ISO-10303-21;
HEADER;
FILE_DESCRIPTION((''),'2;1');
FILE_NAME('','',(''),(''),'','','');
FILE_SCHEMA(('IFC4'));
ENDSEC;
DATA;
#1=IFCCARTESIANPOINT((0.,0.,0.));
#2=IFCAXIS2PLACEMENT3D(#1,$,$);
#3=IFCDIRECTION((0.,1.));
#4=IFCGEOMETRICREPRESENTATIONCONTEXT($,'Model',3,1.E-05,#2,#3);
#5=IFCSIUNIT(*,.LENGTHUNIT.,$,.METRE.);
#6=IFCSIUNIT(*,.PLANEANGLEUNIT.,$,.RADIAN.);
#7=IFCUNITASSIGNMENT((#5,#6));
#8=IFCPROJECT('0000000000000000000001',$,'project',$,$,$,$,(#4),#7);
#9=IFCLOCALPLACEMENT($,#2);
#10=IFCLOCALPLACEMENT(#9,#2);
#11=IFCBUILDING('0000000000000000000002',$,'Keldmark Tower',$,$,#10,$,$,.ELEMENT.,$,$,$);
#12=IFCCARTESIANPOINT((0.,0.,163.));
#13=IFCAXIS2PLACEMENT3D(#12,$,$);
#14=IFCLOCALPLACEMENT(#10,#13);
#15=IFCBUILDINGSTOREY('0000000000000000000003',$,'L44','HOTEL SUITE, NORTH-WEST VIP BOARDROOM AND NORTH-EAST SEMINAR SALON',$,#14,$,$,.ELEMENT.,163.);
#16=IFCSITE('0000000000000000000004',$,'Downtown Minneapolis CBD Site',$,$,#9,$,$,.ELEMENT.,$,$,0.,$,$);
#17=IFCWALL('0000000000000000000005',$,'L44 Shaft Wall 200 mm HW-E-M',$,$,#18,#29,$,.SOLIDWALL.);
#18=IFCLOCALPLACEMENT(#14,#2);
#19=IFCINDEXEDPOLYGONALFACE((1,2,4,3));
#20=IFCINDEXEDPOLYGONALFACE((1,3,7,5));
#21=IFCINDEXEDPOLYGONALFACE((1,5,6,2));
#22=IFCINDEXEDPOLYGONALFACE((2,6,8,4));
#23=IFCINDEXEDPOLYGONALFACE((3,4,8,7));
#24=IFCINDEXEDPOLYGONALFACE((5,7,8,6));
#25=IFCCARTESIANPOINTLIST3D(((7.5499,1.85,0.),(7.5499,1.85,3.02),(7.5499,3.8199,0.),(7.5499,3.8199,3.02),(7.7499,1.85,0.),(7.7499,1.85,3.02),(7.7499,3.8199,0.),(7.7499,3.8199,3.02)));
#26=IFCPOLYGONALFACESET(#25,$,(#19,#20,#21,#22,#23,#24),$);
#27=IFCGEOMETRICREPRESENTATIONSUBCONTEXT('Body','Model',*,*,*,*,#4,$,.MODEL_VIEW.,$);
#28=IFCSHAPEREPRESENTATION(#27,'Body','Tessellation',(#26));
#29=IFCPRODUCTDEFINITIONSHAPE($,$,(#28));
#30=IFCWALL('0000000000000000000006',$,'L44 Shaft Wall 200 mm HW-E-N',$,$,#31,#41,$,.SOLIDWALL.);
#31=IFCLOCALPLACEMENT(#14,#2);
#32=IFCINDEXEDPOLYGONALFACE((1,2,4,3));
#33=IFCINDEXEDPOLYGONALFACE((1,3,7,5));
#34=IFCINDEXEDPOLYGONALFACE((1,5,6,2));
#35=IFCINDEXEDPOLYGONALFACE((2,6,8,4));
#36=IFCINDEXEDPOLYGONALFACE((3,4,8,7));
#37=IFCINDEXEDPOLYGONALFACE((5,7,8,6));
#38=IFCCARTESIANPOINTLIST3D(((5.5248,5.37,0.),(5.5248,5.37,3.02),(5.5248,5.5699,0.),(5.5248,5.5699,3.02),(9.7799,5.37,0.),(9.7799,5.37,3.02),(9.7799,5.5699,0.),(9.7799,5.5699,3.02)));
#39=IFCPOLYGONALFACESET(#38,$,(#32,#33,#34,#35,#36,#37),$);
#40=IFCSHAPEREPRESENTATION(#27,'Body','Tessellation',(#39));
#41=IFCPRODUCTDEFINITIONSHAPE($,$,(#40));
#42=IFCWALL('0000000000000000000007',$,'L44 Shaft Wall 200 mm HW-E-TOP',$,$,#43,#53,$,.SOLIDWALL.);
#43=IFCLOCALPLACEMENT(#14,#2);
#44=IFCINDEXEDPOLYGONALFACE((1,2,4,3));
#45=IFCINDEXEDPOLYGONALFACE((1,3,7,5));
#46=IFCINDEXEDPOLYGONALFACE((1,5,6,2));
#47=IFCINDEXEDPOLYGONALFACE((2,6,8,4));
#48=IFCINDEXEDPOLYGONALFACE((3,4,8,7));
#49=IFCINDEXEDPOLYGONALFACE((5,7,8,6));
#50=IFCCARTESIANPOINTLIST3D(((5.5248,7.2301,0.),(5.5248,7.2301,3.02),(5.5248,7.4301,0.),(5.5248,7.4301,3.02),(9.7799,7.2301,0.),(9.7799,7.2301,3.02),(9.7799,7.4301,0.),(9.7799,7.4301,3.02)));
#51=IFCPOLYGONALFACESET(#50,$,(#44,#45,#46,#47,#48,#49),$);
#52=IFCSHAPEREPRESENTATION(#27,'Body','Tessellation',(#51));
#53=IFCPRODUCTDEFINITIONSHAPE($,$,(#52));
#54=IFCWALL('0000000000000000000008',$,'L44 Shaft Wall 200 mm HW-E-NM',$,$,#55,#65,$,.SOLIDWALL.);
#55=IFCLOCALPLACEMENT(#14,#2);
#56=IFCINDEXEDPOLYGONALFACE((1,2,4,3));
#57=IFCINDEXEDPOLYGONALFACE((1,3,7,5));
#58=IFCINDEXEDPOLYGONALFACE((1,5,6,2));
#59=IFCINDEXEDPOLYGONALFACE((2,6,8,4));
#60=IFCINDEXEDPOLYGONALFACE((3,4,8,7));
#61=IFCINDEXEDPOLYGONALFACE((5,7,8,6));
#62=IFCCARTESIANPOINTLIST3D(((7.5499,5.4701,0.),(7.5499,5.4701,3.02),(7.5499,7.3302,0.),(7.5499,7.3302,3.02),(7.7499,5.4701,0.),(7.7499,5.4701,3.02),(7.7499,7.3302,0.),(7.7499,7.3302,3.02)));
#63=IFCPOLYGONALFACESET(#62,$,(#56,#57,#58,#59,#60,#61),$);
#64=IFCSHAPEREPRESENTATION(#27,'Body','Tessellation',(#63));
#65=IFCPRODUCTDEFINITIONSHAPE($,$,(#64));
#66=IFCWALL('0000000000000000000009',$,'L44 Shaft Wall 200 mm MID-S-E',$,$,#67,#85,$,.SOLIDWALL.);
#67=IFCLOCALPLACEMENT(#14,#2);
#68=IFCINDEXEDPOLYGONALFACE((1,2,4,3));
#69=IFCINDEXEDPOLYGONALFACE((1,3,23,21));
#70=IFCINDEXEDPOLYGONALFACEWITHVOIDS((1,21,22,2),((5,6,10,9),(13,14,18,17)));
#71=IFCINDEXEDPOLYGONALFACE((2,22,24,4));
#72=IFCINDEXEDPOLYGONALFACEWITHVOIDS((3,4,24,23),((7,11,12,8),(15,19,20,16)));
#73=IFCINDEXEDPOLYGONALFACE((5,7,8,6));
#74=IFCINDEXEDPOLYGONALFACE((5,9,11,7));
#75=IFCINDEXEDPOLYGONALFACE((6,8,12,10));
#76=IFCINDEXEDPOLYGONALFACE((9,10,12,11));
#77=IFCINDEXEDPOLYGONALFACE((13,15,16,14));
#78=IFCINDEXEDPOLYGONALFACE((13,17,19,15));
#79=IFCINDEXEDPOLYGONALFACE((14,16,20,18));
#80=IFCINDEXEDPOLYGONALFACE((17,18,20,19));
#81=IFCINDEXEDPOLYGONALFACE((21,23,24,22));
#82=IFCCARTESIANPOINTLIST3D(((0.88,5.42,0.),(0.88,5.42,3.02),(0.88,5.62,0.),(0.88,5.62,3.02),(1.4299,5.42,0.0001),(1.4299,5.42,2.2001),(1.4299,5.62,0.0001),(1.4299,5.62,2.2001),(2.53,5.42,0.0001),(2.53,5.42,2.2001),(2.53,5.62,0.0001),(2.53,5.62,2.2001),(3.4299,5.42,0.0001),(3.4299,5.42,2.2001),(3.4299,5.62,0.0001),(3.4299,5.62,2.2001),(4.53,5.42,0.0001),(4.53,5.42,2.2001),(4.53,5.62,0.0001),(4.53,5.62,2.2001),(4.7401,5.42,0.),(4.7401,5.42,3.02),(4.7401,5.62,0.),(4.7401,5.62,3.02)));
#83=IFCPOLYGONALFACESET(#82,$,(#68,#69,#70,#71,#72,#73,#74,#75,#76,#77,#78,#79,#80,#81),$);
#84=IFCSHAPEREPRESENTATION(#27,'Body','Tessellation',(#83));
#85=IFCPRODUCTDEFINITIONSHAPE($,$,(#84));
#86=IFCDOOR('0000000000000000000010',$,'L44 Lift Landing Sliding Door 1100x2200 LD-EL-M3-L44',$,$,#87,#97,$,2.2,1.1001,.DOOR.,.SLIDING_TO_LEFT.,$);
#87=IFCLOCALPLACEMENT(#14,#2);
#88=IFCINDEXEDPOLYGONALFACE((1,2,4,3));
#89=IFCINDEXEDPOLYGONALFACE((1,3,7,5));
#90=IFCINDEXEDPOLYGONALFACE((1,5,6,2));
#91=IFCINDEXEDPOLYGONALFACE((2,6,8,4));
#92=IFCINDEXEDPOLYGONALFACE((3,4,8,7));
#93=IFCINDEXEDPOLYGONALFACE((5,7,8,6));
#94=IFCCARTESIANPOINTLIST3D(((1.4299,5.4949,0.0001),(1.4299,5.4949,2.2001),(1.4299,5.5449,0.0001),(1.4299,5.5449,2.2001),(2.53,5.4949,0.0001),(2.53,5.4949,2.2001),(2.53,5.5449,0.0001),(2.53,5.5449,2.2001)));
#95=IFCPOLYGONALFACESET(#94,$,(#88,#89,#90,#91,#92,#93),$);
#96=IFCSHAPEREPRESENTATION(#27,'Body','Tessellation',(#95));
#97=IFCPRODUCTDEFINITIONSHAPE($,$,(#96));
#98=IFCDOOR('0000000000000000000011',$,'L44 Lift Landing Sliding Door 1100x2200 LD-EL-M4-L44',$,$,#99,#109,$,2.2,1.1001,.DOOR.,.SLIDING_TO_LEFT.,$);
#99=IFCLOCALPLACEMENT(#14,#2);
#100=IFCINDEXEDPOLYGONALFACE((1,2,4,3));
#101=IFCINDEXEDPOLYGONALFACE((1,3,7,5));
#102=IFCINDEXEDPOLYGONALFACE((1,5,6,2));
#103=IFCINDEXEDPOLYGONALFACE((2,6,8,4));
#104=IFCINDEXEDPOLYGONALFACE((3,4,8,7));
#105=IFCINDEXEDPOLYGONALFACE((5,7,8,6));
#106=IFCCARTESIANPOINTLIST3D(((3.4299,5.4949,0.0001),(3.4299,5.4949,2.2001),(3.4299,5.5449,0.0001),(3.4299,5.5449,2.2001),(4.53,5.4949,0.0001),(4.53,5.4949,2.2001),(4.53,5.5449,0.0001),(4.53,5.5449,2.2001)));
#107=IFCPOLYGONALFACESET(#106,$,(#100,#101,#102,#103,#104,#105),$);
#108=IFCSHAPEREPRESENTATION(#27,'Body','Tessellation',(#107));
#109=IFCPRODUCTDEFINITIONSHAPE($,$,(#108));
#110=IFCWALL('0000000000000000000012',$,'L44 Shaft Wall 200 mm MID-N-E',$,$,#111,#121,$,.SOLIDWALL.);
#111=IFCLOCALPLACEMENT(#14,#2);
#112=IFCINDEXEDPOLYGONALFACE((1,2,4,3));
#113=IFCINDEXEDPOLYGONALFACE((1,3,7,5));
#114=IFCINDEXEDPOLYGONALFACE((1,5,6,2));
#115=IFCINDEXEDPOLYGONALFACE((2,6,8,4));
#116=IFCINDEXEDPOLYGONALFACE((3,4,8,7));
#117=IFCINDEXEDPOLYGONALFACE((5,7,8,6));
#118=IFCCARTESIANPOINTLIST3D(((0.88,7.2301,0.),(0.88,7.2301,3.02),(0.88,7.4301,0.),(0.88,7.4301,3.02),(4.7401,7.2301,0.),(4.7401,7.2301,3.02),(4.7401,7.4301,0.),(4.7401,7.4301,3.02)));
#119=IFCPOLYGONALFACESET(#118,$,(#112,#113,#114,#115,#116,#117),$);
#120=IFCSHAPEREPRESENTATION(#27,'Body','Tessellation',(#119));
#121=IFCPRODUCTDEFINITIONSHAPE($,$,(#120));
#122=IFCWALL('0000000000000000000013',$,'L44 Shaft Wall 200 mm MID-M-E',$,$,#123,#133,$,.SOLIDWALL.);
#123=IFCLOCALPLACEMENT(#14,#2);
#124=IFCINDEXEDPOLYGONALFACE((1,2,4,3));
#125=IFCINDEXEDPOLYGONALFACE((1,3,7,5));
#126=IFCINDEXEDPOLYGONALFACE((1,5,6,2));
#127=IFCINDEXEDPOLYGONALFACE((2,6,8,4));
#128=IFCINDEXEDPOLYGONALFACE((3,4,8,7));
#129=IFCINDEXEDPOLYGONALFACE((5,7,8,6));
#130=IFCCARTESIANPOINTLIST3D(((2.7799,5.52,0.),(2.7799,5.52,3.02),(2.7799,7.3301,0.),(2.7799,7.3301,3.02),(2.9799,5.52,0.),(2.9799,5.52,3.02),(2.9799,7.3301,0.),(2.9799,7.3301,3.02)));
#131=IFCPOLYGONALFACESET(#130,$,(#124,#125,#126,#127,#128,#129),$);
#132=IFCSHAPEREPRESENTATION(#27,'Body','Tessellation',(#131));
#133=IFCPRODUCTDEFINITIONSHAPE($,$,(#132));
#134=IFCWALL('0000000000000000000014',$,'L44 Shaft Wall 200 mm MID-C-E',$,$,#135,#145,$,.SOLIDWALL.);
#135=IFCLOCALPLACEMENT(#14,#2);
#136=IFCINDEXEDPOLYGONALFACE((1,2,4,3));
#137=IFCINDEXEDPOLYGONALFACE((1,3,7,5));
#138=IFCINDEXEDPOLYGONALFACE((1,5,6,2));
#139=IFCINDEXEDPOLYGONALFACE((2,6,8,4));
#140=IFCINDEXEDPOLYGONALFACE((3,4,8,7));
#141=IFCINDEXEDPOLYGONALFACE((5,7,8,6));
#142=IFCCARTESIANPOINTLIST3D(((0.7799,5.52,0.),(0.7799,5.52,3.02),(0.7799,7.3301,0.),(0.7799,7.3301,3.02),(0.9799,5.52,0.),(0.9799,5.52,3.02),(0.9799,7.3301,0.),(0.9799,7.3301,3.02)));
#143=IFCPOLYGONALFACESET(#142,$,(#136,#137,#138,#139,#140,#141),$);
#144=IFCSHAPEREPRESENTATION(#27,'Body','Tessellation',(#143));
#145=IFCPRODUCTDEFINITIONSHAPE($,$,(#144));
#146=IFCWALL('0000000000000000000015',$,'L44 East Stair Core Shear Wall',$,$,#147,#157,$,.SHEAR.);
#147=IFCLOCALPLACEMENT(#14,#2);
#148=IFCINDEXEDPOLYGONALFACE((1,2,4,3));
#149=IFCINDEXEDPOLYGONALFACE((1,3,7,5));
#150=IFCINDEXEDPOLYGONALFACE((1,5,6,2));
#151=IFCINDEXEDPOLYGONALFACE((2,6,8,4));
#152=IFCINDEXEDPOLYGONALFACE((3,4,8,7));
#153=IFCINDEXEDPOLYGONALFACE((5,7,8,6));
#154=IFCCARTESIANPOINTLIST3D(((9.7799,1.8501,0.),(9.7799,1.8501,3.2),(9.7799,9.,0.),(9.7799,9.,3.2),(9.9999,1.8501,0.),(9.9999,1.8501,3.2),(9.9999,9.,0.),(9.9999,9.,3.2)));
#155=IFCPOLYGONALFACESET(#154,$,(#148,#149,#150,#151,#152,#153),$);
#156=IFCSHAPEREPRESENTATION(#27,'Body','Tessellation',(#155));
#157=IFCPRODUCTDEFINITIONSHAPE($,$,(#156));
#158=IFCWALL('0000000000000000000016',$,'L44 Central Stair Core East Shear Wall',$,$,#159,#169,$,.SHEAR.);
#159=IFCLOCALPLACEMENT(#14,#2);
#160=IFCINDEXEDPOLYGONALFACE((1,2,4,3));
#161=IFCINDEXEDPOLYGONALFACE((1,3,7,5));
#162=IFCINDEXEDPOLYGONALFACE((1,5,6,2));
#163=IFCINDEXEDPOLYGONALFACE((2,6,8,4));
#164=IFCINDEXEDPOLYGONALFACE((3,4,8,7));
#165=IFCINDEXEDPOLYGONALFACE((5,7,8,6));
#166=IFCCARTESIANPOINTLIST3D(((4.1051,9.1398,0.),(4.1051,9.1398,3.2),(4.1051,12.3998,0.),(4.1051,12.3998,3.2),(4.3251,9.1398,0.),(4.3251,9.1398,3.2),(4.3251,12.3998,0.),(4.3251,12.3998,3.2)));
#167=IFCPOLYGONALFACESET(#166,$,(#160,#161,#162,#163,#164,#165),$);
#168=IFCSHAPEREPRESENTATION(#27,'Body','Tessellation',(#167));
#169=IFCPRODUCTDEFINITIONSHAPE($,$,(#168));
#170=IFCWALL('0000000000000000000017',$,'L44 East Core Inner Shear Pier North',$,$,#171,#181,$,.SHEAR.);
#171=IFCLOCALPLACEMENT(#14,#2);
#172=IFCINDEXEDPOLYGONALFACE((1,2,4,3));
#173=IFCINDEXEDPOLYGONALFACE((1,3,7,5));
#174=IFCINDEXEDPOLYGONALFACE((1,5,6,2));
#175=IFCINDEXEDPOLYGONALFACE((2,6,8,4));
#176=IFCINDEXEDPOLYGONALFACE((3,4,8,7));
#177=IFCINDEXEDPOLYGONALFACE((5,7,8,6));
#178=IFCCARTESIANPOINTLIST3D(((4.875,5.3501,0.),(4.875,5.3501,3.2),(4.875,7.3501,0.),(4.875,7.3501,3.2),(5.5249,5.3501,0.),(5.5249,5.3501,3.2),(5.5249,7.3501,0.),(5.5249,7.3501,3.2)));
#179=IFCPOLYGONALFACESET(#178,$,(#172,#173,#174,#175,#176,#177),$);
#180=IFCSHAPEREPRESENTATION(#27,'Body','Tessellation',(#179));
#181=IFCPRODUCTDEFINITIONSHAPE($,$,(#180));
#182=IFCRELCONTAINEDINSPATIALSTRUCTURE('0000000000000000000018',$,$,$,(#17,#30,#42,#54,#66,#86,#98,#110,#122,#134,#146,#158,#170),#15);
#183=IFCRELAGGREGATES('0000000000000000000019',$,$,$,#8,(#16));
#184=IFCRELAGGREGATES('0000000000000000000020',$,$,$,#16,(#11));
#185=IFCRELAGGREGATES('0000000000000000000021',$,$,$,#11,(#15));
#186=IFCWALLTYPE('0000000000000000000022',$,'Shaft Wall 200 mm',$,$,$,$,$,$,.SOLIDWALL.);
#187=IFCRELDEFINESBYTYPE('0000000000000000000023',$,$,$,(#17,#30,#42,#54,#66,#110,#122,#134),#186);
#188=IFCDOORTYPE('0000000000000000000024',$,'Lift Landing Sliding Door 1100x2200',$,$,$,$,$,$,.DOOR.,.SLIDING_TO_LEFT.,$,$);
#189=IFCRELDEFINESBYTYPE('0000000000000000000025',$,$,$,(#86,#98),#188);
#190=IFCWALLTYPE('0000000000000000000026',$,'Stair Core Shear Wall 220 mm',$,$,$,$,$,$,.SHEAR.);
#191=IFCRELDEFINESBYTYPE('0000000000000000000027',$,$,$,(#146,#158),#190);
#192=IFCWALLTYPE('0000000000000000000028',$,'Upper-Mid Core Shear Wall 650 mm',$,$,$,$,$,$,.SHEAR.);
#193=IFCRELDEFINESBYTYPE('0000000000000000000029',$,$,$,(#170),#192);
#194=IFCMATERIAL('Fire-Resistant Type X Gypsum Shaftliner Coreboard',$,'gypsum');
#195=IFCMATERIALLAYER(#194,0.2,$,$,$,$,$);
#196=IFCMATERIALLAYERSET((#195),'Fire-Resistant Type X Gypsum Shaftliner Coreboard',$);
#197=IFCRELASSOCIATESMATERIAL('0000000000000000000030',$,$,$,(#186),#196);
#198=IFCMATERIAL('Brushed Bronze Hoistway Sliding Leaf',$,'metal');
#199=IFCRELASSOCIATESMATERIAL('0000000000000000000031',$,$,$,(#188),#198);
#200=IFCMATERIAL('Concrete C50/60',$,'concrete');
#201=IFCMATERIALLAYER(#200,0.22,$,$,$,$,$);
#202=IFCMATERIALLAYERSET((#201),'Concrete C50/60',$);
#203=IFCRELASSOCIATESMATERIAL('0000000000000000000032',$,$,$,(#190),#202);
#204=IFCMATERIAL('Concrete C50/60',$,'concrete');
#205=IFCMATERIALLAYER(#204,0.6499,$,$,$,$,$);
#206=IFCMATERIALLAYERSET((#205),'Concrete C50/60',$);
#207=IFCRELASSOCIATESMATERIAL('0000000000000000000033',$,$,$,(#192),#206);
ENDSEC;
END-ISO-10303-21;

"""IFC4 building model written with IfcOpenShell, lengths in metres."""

from ifc_helpers import new_model, si_unit, direction, frame, frame_2d, origin, place, context, subcontext, project, spatial, rectangle, extrude, material, layer, layer_set, type_object, element, fill, save


model = new_model("IFC4")

# Units and contexts
model_context = context("Model", 3, precision=1e-05, world=origin(), true_north=direction((0.0, 1.0)))
body_context = subcontext(model_context, "Body", "Model", "MODEL_VIEW")
ifc_project = project(units=[si_unit("LENGTHUNIT", "METRE"), si_unit("PLANEANGLEUNIT", "RADIAN")], contexts=[model_context])

# Site, building, storey
site_placement = place(None, origin())
site = spatial("IfcSite", under=ifc_project, at=site_placement, Name="Downtown Minneapolis CBD Site", CompositionType="ELEMENT", RefElevation=0.0)
building_placement = place(site_placement, origin())
building = spatial("IfcBuilding", under=site, at=building_placement, Name="Keldmark Tower", CompositionType="ELEMENT")
storey_placement = place(building_placement, frame((0.0, 0.0, 163.0)))
storey = spatial("IfcBuildingStorey", under=building, at=storey_placement, Name="L44", Description="HOTEL SUITE, NORTH-WEST VIP BOARDROOM AND NORTH-EAST SEMINAR SALON", CompositionType="ELEMENT", Elevation=163.0)

# Shared definitions
ifc_material_1 = material(Name="Fire-Resistant Type X Gypsum Shaftliner Coreboard", Category="gypsum")
ifc_layer_1 = layer(ifc_material_1, 0.2)
ifc_layer_set_1 = layer_set([ifc_layer_1], Name="Fire-Resistant Type X Gypsum Shaftliner Coreboard")
wall_type_1 = type_object("IfcWallType", Name="Shaft Wall 200 mm", PredefinedType="SOLIDWALL", material=ifc_layer_set_1)

# Walls
wall_1_placement = place(storey_placement, frame((7.6499, 1.8501, 0.0), z_axis=(0.0, 0.0, 1.0), x_axis=(0.0, 1.0, 0.0)))
element("IfcWall", 1, at=wall_1_placement, inside=storey, type_object=wall_type_1, Name="L44 Shaft Wall 200 mm HW-E-M", PredefinedType="SOLIDWALL", context=body_context, shape_type="SweptSolid", body=[
    extrude(rectangle(XDim=1.97, YDim=0.2, at=frame_2d((0.9849, 0.0))), origin(), (0.0, 0.0, 1.0), 3.02),
])
for number, where, z_axis, x_axis, name in (
    (2, (5.5249, 5.47, 0.0), (0.0, 0.0, 1.0), (1.0, 0.0, 0.0), "L44 Shaft Wall 200 mm HW-E-N"),
    (3, (5.5249, 7.3301, 0.0), (0.0, 0.0, 1.0), (1.0, 0.0, 0.0), "L44 Shaft Wall 200 mm HW-E-TOP"),
):
    element("IfcWall", number, at=place(storey_placement, frame(where, z_axis=z_axis, x_axis=x_axis)), inside=storey, type_object=wall_type_1, Name=name, PredefinedType="SOLIDWALL", context=body_context, shape_type="SweptSolid", body=[
        extrude(rectangle(XDim=4.2551, YDim=0.2, at=frame_2d((2.1274, 0.0))), origin(), (0.0, 0.0, 1.0), 3.02),
    ])
wall_2_placement = place(storey_placement, frame((7.6499, 5.47, 0.0), z_axis=(0.0, 0.0, 1.0), x_axis=(0.0, 1.0, 0.0)))
element("IfcWall", 4, at=wall_2_placement, inside=storey, type_object=wall_type_1, Name="L44 Shaft Wall 200 mm HW-E-NM", PredefinedType="SOLIDWALL", context=body_context, shape_type="SweptSolid", body=[
    extrude(rectangle(XDim=1.8601, YDim=0.2, at=frame_2d((0.9302, 0.0))), origin(), (0.0, 0.0, 1.0), 3.02),
])

# Wall, openings, doors
wall_3_placement = place(storey_placement, frame((0.8799, 5.52, 0.0), z_axis=(0.0, 0.0, 1.0), x_axis=(1.0, 0.0, 0.0)))
wall_3 = element("IfcWall", 5, at=wall_3_placement, inside=storey, type_object=wall_type_1, Name="L44 Shaft Wall 200 mm MID-S-E", PredefinedType="SOLIDWALL", context=body_context, shape_type="SweptSolid", body=[
    extrude(rectangle(XDim=3.8601, YDim=0.2, at=frame_2d((1.9302, 0.0))), origin(), (0.0, 0.0, 1.0), 3.02),
])
opening_1_placement = place(wall_3_placement, frame((0.55, 0.0, 0.0)))
opening_1 = element("IfcOpeningElement", 6, at=opening_1_placement, cuts=wall_3, PredefinedType="OPENING", context=body_context, shape_type="SweptSolid", body=[
    extrude(rectangle(XDim=1.1001, YDim=2.2, at=frame_2d((0.55, 1.1001))), frame((0.0, 0.1099, 0.0), z_axis=(0.0, -1.0, 0.0), x_axis=(1.0, 0.0, 0.0)), (0.0, 0.0, 1.0), 0.22),
])
opening_2_placement = place(wall_3_placement, frame((2.55, 0.0, 0.0)))
opening_2 = element("IfcOpeningElement", 7, at=opening_2_placement, cuts=wall_3, PredefinedType="OPENING", context=body_context, shape_type="SweptSolid", body=[
    extrude(rectangle(XDim=1.1001, YDim=2.2, at=frame_2d((0.55, 1.1001))), frame((0.0, 0.1099, 0.0), z_axis=(0.0, -1.0, 0.0), x_axis=(1.0, 0.0, 0.0)), (0.0, 0.0, 1.0), 0.22),
])
ifc_material_2 = material(Name="Brushed Bronze Hoistway Sliding Leaf", Category="metal")
door_type_1 = type_object("IfcDoorType", Name="Lift Landing Sliding Door 1100x2200", OperationType="SLIDING_TO_LEFT", PredefinedType="DOOR", material=ifc_material_2)
door_1_placement = place(opening_1_placement, origin())
door_1 = element("IfcDoor", 8, at=door_1_placement, inside=storey, type_object=door_type_1, Name="L44 Lift Landing Sliding Door 1100x2200 LD-EL-M3-L44", OperationType="SLIDING_TO_LEFT", OverallHeight=2.2, OverallWidth=1.1001, PredefinedType="DOOR", context=body_context, shape_type="SweptSolid", body=[
    extrude(rectangle(XDim=1.1001, YDim=2.2, at=frame_2d((0.55, 1.1001))), frame((0.0, 0.0249, 0.0), z_axis=(0.0, -1.0, 0.0), x_axis=(1.0, 0.0, 0.0)), (0.0, 0.0, 1.0), 0.05),
])
fill(opening_1, door_1)
door_2_placement = place(opening_2_placement, origin())
door_2 = element("IfcDoor", 9, at=door_2_placement, inside=storey, type_object=door_type_1, Name="L44 Lift Landing Sliding Door 1100x2200 LD-EL-M4-L44", OperationType="SLIDING_TO_LEFT", OverallHeight=2.2, OverallWidth=1.1001, PredefinedType="DOOR", context=body_context, shape_type="SweptSolid", body=[
    extrude(rectangle(XDim=1.1001, YDim=2.2, at=frame_2d((0.55, 1.1001))), frame((0.0, 0.0249, 0.0), z_axis=(0.0, -1.0, 0.0), x_axis=(1.0, 0.0, 0.0)), (0.0, 0.0, 1.0), 0.05),
])
fill(opening_2, door_2)

# Walls
wall_4_placement = place(storey_placement, frame((0.8799, 7.3301, 0.0), z_axis=(0.0, 0.0, 1.0), x_axis=(1.0, 0.0, 0.0)))
element("IfcWall", 10, at=wall_4_placement, inside=storey, type_object=wall_type_1, Name="L44 Shaft Wall 200 mm MID-N-E", PredefinedType="SOLIDWALL", context=body_context, shape_type="SweptSolid", body=[
    extrude(rectangle(XDim=3.8601, YDim=0.2, at=frame_2d((1.9302, 0.0))), origin(), (0.0, 0.0, 1.0), 3.02),
])
for number, where, z_axis, x_axis, name in (
    (11, (2.8799, 5.52, 0.0), (0.0, 0.0, 1.0), (0.0, 1.0, 0.0), "L44 Shaft Wall 200 mm MID-M-E"),
    (12, (0.8799, 5.52, 0.0), (0.0, 0.0, 1.0), (0.0, 1.0, 0.0), "L44 Shaft Wall 200 mm MID-C-E"),
):
    element("IfcWall", number, at=place(storey_placement, frame(where, z_axis=z_axis, x_axis=x_axis)), inside=storey, type_object=wall_type_1, Name=name, PredefinedType="SOLIDWALL", context=body_context, shape_type="SweptSolid", body=[
        extrude(rectangle(XDim=1.8101, YDim=0.2, at=frame_2d((0.905, 0.0))), origin(), (0.0, 0.0, 1.0), 3.02),
    ])
ifc_material_3 = material(Name="Concrete C50/60", Category="concrete")
ifc_layer_2 = layer(ifc_material_3, 0.22)
ifc_layer_set_2 = layer_set([ifc_layer_2], Name="Concrete C50/60")
wall_type_2 = type_object("IfcWallType", Name="Stair Core Shear Wall 220 mm", PredefinedType="SHEAR", material=ifc_layer_set_2)
wall_5_placement = place(storey_placement, frame((9.8899, 1.8501, 0.0), z_axis=(0.0, 0.0, 1.0), x_axis=(0.0, 1.0, 0.0)))
element("IfcWall", 13, at=wall_5_placement, inside=storey, type_object=wall_type_2, Name="L44 East Stair Core Shear Wall", PredefinedType="SHEAR", context=body_context, shape_type="SweptSolid", body=[
    extrude(rectangle(XDim=7.1499, YDim=0.22, at=frame_2d((3.575, 0.0))), origin(), (0.0, 0.0, 1.0), 3.2),
])
wall_6_placement = place(storey_placement, frame((4.2151, 9.1399, 0.0), z_axis=(0.0, 0.0, 1.0), x_axis=(0.0, 1.0, 0.0)))
element("IfcWall", 14, at=wall_6_placement, inside=storey, type_object=wall_type_2, Name="L44 Central Stair Core East Shear Wall", PredefinedType="SHEAR", context=body_context, shape_type="SweptSolid", body=[
    extrude(rectangle(XDim=3.26, YDim=0.22, at=frame_2d((1.6299, 0.0))), origin(), (0.0, 0.0, 1.0), 3.2),
])
ifc_material_4 = material(Name="Concrete C50/60", Category="concrete")
ifc_layer_3 = layer(ifc_material_4, 0.6499)
ifc_layer_set_3 = layer_set([ifc_layer_3], Name="Concrete C50/60")
wall_type_3 = type_object("IfcWallType", Name="Upper-Mid Core Shear Wall 650 mm", PredefinedType="SHEAR", material=ifc_layer_set_3)
wall_7_placement = place(storey_placement, frame((5.2, 5.3501, 0.0), z_axis=(0.0, 0.0, 1.0), x_axis=(0.0, 1.0, 0.0)))
element("IfcWall", 15, at=wall_7_placement, inside=storey, type_object=wall_type_3, Name="L44 East Core Inner Shear Pier North", PredefinedType="SHEAR", context=body_context, shape_type="SweptSolid", body=[
    extrude(rectangle(XDim=2.0, YDim=0.6499, at=frame_2d((1.0, 0.0))), origin(), (0.0, 0.0, 1.0), 3.2),
])

save(model, "model.ifc")
